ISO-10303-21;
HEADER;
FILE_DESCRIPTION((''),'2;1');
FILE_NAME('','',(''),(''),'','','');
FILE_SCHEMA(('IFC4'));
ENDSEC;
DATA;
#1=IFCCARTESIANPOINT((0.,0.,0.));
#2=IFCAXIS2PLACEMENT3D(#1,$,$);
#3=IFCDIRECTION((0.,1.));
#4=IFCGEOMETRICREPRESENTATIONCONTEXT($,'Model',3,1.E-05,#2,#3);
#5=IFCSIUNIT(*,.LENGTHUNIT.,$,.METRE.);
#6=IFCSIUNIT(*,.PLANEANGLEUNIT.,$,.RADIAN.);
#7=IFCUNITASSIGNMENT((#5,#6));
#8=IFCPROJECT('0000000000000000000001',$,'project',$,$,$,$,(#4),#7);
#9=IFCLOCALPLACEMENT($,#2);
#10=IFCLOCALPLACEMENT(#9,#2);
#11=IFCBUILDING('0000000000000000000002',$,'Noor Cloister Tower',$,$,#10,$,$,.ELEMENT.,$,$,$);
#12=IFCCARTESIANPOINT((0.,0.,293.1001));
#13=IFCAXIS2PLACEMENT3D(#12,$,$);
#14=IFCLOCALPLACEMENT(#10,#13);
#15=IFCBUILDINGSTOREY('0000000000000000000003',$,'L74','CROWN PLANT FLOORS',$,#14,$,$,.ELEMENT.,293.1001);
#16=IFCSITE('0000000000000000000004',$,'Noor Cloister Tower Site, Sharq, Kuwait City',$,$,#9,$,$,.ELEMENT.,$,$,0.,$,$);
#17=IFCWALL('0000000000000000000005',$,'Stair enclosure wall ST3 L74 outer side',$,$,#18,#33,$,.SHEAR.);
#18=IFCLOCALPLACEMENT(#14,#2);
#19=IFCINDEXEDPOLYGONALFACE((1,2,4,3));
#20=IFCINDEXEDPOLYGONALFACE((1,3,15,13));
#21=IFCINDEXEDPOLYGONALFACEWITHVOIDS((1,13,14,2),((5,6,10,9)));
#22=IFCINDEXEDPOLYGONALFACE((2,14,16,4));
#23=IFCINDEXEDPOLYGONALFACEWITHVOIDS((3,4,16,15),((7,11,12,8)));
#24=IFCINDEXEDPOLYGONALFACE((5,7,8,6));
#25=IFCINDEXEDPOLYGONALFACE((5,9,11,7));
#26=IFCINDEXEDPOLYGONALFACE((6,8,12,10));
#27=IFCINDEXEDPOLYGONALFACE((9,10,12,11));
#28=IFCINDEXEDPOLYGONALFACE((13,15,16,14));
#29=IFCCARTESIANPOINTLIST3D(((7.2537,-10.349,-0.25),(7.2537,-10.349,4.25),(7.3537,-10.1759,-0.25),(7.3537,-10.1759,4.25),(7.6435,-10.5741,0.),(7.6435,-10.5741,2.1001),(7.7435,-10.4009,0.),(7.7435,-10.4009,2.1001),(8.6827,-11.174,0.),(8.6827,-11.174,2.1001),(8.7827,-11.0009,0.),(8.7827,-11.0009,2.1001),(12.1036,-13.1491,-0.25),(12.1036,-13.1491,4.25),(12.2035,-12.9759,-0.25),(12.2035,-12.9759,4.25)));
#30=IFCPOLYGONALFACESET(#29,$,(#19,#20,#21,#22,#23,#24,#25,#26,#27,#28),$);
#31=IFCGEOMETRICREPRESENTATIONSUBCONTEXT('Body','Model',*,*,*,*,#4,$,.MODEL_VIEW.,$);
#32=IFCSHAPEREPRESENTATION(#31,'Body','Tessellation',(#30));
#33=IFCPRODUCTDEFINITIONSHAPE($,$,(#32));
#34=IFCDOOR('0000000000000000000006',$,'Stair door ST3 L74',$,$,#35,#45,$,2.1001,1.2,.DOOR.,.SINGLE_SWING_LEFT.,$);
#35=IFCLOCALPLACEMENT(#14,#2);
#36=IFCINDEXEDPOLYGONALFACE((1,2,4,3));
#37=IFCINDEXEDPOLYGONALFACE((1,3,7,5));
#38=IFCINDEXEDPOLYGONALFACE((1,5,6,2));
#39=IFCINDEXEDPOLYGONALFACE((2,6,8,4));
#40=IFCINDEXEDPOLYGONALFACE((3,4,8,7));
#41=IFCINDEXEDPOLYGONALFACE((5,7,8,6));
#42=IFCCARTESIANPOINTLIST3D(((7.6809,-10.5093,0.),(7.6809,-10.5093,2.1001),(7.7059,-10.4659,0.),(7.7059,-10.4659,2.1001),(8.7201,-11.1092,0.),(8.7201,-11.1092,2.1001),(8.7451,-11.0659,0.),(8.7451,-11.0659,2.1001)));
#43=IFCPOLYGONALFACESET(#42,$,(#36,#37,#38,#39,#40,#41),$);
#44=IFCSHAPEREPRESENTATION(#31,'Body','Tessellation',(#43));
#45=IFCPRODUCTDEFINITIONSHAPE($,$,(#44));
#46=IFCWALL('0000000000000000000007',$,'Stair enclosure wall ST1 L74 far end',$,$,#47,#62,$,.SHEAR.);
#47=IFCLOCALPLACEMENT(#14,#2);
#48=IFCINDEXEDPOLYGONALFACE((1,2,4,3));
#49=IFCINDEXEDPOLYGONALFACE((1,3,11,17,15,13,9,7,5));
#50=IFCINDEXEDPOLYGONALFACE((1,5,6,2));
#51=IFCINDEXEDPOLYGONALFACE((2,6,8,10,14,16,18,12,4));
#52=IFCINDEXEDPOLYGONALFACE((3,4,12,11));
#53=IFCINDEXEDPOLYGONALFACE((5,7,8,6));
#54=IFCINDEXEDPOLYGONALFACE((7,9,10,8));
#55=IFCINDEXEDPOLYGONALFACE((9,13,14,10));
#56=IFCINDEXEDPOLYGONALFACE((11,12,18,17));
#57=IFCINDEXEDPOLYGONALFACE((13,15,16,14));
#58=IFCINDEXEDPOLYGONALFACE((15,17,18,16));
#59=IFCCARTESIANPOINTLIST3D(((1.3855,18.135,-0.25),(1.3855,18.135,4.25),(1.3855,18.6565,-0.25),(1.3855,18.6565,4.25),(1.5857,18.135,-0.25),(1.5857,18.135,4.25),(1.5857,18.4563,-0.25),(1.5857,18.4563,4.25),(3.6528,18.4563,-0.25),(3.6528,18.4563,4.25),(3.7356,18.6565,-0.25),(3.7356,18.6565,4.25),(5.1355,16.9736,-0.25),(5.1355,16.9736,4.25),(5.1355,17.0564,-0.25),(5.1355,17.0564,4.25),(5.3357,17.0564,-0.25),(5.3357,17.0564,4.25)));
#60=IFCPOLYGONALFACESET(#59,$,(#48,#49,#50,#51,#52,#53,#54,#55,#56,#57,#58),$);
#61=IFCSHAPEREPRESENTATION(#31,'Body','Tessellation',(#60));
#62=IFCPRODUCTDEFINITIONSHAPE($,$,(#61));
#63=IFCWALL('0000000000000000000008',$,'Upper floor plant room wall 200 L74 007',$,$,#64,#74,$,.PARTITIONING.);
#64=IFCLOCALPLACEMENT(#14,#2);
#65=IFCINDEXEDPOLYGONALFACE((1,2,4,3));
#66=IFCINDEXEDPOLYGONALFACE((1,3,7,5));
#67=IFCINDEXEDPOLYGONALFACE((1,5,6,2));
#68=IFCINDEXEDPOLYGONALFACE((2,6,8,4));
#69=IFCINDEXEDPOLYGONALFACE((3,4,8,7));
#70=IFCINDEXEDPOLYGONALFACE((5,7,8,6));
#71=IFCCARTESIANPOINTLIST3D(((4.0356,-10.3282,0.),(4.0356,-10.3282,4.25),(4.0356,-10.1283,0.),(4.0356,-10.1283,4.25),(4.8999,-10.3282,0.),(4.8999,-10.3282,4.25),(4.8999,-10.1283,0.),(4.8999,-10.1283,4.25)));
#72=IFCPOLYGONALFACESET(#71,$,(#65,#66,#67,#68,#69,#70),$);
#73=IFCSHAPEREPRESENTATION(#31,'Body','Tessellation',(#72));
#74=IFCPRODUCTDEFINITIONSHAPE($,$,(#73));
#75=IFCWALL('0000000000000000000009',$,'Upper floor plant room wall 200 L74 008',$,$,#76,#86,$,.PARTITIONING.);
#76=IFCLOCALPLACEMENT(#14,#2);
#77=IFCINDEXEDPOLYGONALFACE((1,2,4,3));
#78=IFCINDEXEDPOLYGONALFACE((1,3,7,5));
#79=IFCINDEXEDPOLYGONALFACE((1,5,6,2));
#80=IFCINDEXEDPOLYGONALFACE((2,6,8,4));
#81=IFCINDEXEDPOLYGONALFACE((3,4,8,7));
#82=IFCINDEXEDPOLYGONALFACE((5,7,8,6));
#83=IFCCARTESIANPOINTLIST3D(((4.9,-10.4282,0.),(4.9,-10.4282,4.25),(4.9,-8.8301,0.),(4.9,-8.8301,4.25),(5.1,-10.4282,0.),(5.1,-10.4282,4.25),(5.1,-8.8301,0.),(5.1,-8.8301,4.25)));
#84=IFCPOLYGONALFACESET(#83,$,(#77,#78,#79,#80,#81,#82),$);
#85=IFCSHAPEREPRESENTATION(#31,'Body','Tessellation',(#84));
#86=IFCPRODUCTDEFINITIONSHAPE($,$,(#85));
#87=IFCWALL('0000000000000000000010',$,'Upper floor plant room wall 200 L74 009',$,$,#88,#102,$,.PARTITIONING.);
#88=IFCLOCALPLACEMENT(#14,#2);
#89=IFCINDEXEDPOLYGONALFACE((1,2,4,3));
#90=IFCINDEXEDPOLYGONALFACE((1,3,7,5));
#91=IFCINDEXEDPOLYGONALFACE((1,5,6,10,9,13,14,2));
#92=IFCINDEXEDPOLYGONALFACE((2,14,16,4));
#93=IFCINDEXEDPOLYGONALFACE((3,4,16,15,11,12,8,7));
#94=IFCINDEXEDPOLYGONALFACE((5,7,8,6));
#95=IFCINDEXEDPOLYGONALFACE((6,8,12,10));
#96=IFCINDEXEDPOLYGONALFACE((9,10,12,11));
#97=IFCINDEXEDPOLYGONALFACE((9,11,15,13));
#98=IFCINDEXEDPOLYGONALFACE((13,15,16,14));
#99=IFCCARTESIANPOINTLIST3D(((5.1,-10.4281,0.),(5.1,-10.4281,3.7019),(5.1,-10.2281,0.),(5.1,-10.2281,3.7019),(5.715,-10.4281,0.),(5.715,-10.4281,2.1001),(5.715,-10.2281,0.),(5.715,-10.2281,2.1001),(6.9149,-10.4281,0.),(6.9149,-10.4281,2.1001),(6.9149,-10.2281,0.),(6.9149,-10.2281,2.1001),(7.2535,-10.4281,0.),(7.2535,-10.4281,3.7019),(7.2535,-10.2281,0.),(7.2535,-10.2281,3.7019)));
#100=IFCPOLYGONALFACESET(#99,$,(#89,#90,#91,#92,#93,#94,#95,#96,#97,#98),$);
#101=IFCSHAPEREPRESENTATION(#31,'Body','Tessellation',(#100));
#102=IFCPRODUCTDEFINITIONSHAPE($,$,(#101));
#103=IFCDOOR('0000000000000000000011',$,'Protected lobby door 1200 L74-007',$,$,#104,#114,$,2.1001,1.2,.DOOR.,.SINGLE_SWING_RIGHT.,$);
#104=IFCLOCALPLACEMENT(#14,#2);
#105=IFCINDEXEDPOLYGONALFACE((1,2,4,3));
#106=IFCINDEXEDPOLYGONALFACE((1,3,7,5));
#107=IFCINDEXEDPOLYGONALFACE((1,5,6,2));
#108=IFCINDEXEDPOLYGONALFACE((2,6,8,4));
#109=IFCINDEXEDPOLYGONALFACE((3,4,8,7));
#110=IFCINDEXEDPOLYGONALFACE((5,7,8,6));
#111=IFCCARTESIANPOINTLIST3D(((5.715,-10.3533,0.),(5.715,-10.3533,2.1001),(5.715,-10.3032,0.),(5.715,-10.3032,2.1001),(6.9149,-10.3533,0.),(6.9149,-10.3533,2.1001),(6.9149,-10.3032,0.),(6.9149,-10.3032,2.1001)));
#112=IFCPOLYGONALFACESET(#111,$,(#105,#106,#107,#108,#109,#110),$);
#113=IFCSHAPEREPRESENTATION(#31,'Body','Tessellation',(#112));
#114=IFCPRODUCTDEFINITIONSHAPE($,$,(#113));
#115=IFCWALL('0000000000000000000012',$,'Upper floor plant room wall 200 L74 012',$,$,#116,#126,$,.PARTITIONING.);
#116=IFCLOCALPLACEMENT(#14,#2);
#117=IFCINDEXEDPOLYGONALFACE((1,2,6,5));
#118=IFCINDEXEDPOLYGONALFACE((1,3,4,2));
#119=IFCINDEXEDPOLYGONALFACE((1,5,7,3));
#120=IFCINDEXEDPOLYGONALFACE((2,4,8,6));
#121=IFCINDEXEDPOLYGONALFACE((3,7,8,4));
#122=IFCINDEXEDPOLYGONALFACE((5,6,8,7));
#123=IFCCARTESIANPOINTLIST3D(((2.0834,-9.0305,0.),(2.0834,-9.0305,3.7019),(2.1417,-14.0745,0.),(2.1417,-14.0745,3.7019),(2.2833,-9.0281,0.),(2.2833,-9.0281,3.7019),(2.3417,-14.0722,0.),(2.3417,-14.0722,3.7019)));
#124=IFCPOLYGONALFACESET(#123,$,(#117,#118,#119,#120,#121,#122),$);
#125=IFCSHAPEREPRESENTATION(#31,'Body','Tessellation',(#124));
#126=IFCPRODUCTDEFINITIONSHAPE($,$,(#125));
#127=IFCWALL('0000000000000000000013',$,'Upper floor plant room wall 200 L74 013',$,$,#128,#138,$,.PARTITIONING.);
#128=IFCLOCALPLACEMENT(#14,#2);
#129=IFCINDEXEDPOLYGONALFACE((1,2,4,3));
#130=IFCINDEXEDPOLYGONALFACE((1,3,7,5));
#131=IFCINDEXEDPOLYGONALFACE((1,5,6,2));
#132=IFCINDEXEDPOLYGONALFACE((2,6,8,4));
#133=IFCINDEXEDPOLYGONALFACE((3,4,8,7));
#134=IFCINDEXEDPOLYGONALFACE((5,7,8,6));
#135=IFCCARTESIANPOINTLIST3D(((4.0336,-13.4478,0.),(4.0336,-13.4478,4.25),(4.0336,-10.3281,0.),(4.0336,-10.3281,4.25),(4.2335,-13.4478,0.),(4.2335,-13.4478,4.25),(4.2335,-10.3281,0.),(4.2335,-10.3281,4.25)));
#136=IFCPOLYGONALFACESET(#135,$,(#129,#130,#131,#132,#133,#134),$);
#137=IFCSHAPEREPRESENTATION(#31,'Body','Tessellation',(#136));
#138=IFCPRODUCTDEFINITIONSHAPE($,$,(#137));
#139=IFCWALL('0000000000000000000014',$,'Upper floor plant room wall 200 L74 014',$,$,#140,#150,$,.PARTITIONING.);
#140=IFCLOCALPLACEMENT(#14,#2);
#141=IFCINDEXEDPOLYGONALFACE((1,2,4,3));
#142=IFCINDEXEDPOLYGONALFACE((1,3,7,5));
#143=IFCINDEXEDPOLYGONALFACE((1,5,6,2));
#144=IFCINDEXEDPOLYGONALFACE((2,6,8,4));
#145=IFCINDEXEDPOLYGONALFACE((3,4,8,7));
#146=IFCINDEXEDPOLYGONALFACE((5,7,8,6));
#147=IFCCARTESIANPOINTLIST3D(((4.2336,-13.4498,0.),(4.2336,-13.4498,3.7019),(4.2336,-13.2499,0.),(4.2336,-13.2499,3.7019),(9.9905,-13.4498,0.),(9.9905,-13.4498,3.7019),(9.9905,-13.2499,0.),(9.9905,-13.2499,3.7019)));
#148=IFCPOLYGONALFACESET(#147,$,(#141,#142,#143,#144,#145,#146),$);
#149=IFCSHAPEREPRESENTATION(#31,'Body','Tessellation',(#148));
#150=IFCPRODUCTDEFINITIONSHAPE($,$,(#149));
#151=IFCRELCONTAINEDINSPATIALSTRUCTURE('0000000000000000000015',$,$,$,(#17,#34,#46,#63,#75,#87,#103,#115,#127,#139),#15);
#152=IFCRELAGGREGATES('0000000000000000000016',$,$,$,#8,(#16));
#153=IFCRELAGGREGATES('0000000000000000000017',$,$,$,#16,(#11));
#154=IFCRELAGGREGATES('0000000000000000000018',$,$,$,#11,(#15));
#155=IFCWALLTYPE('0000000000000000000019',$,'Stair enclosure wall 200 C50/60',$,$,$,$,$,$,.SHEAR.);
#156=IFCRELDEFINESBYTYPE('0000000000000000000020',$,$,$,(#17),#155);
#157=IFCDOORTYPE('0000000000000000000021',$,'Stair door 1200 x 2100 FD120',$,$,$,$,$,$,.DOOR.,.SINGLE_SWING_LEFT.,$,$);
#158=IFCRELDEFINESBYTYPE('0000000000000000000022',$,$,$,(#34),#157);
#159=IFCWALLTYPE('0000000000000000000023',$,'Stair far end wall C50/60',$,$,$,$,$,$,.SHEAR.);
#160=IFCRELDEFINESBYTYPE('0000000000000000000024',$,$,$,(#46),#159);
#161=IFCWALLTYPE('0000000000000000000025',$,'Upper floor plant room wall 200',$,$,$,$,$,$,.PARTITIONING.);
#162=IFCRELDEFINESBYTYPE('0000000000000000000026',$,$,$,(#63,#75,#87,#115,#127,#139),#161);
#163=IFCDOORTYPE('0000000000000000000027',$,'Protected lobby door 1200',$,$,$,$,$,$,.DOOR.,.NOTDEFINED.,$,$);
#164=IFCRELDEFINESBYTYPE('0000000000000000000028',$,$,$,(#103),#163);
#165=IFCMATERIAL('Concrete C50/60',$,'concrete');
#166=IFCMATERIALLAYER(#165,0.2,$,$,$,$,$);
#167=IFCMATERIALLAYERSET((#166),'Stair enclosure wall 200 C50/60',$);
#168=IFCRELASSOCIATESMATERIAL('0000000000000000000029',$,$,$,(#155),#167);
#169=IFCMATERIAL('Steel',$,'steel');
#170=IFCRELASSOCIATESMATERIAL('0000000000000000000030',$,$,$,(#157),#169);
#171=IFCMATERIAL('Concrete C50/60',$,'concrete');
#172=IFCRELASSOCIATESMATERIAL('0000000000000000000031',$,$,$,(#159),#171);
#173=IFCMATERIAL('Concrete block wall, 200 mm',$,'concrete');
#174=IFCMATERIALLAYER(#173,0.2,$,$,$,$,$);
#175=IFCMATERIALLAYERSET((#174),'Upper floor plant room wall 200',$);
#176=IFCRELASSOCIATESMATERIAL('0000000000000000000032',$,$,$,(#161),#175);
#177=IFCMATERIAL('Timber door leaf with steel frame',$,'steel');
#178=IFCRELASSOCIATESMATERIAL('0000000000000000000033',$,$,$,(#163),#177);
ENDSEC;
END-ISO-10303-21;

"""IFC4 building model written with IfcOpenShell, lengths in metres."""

from ifc_helpers import new_model, si_unit, direction, frame, frame_2d, origin, place, context, subcontext, project, spatial, polyline, rectangle, outline, extrude, material, layer, layer_set, type_object, element, fill, save


model = new_model("IFC4")

# Units and contexts
model_context = context("Model", 3, precision=1e-05, world=origin(), true_north=direction((0.0, 1.0)))
body_context = subcontext(model_context, "Body", "Model", "MODEL_VIEW")
ifc_project = project(units=[si_unit("LENGTHUNIT", "METRE"), si_unit("PLANEANGLEUNIT", "RADIAN")], contexts=[model_context])

# Site, building, storey
site_placement = place(None, origin())
site = spatial("IfcSite", under=ifc_project, at=site_placement, Name="Noor Cloister Tower Site, Sharq, Kuwait City", CompositionType="ELEMENT", RefElevation=0.0)
building_placement = place(site_placement, origin())
building = spatial("IfcBuilding", under=site, at=building_placement, Name="Noor Cloister Tower", CompositionType="ELEMENT")
storey_placement = place(building_placement, frame((0.0, 0.0, 293.1001)))
storey = spatial("IfcBuildingStorey", under=building, at=storey_placement, Name="L74", Description="CROWN PLANT FLOORS", CompositionType="ELEMENT", Elevation=293.1001)

# Wall, opening, door
ifc_material_1 = material(Name="Concrete C50/60", Category="concrete")
ifc_layer_1 = layer(ifc_material_1, 0.2)
ifc_layer_set_1 = layer_set([ifc_layer_1], Name="Stair enclosure wall 200 C50/60")
wall_type_1 = type_object("IfcWallType", Name="Stair enclosure wall 200 C50/60", PredefinedType="SHEAR", material=ifc_layer_set_1)
wall_1_placement = place(storey_placement, frame((7.3037, -10.2625, -0.25), z_axis=(0.0, 0.0, 1.0), x_axis=(0.866027, -0.499998, 0.0)))
wall_1 = element("IfcWall", 1, at=wall_1_placement, inside=storey, type_object=wall_type_1, Name="Stair enclosure wall ST3 L74 outer side", PredefinedType="SHEAR", context=body_context, shape_type="SweptSolid", body=[
    extrude(rectangle(XDim=5.6001, YDim=0.2, at=frame_2d((2.8, 0.0))), origin(), (0.0, 0.0, 1.0), 4.5),
])
opening_1_placement = place(wall_1_placement, frame((0.45, 0.0, 0.25)))
opening_1 = element("IfcOpeningElement", 2, at=opening_1_placement, cuts=wall_1, PredefinedType="OPENING", context=body_context, shape_type="SweptSolid", body=[
    extrude(rectangle(XDim=1.2, YDim=2.1001, at=frame_2d((0.6001, 1.05))), frame((0.0, 0.1099, 0.0), z_axis=(0.0, -1.0, 0.0), x_axis=(1.0, 0.0, 0.0)), (0.0, 0.0, 1.0), 0.22),
])
ifc_material_2 = material(Name="Steel", Category="steel")
door_type_1 = type_object("IfcDoorType", Name="Stair door 1200 x 2100 FD120", OperationType="SINGLE_SWING_LEFT", PredefinedType="DOOR", material=ifc_material_2)
door_1_placement = place(opening_1_placement, origin())
door_1 = element("IfcDoor", 3, at=door_1_placement, inside=storey, type_object=door_type_1, Name="Stair door ST3 L74", OperationType="SINGLE_SWING_LEFT", OverallHeight=2.1001, OverallWidth=1.2, PredefinedType="DOOR", context=body_context, shape_type="SweptSolid", body=[
    extrude(rectangle(XDim=1.2, YDim=2.1001, at=frame_2d((0.6001, 1.05))), frame((0.0, 0.0249, 0.0), z_axis=(0.0, -1.0, 0.0), x_axis=(1.0, 0.0, 0.0)), (0.0, 0.0, 1.0), 0.05),
])
fill(opening_1, door_1)

# Walls
ifc_material_3 = material(Name="Concrete C50/60", Category="concrete")
wall_type_2 = type_object("IfcWallType", Name="Stair far end wall C50/60", PredefinedType="SHEAR", material=ifc_material_3)
wall_2_placement = place(storey_placement, frame((0.0, 0.0, -0.25)))
element("IfcWall", 4, at=wall_2_placement, inside=storey, type_object=wall_type_2, Name="Stair enclosure wall ST1 L74 far end", PredefinedType="SHEAR", context=body_context, shape_type="SweptSolid", body=[
    extrude(outline(polyline([(5.3357, 17.0564), (3.7356, 18.6565), (1.3855, 18.6565), (1.3855, 18.135), (1.5857, 18.135), (1.5857, 18.4563), (3.6528, 18.4563), (5.1355, 16.9736), (5.1355, 17.0564), (5.1355, 17.0564), (5.1355, 17.0564), (5.1355, 17.0564), (5.1355, 17.0564), (5.1355, 17.0564), (5.1355, 17.0564), (5.1355, 17.0564), (5.1355, 17.0564), (5.1355, 17.0564), (5.1355, 17.0564), (5.1355, 17.0564), (5.1355, 17.0564), (5.1355, 17.0564), (5.1355, 17.0564), (5.1355, 17.0564), (5.1355, 17.0564), (5.3357, 17.0564)])), origin(), (0.0, 0.0, 1.0), 4.5),
])
ifc_material_4 = material(Name="Concrete block wall, 200 mm", Category="concrete")
ifc_layer_2 = layer(ifc_material_4, 0.2)
ifc_layer_set_2 = layer_set([ifc_layer_2], Name="Upper floor plant room wall 200")
wall_type_3 = type_object("IfcWallType", Name="Upper floor plant room wall 200", PredefinedType="PARTITIONING", material=ifc_layer_set_2)
wall_3_placement = place(storey_placement, frame((4.0356, -10.2283, 0.0), z_axis=(0.0, 0.0, 1.0), x_axis=(1.0, 0.0, 0.0)))
element("IfcWall", 5, at=wall_3_placement, inside=storey, type_object=wall_type_3, Name="Upper floor plant room wall 200 L74 007", PredefinedType="PARTITIONING", context=body_context, shape_type="SweptSolid", body=[
    extrude(rectangle(XDim=0.8643, YDim=0.2, at=frame_2d((0.4321, 0.0))), origin(), (0.0, 0.0, 1.0), 4.25),
])
wall_4_placement = place(storey_placement, frame((5.0, -10.4282, 0.0), z_axis=(0.0, 0.0, 1.0), x_axis=(0.0, 1.0, 0.0)))
element("IfcWall", 6, at=wall_4_placement, inside=storey, type_object=wall_type_3, Name="Upper floor plant room wall 200 L74 008", PredefinedType="PARTITIONING", context=body_context, shape_type="SweptSolid", body=[
    extrude(rectangle(XDim=1.5981, YDim=0.2, at=frame_2d((0.7991, 0.0))), origin(), (0.0, 0.0, 1.0), 4.25),
])

# Wall, opening, door
wall_5_placement = place(storey_placement, frame((5.1001, -10.3281, 0.0), z_axis=(0.0, 0.0, 1.0), x_axis=(1.0, 0.0, 0.0)))
wall_5 = element("IfcWall", 7, at=wall_5_placement, inside=storey, type_object=wall_type_3, Name="Upper floor plant room wall 200 L74 009", PredefinedType="PARTITIONING", context=body_context, shape_type="SweptSolid", body=[
    extrude(rectangle(XDim=2.1536, YDim=0.2, at=frame_2d((1.0767, 0.0))), origin(), (0.0, 0.0, 1.0), 3.7019),
])
opening_2_placement = place(wall_5_placement, frame((0.6147, 0.0, 0.0)))
opening_2 = element("IfcOpeningElement", 8, at=opening_2_placement, cuts=wall_5, PredefinedType="OPENING", context=body_context, shape_type="SweptSolid", body=[
    extrude(rectangle(XDim=1.2, YDim=2.1001, at=frame_2d((0.6001, 1.05))), frame((0.0, 0.1099, 0.0), z_axis=(0.0, -1.0, 0.0), x_axis=(1.0, 0.0, 0.0)), (0.0, 0.0, 1.0), 0.22),
])
ifc_material_5 = material(Name="Timber door leaf with steel frame", Category="steel")
door_type_2 = type_object("IfcDoorType", Name="Protected lobby door 1200", OperationType="NOTDEFINED", PredefinedType="DOOR", material=ifc_material_5)
door_2_placement = place(opening_2_placement, origin())
door_2 = element("IfcDoor", 9, at=door_2_placement, inside=storey, type_object=door_type_2, Name="Protected lobby door 1200 L74-007", OperationType="SINGLE_SWING_RIGHT", OverallHeight=2.1001, OverallWidth=1.2, PredefinedType="DOOR", context=body_context, shape_type="SweptSolid", body=[
    extrude(rectangle(XDim=1.2, YDim=2.1001, at=frame_2d((0.6001, 1.05))), frame((0.0, 0.0249, 0.0), z_axis=(0.0, -1.0, 0.0), x_axis=(1.0, 0.0, 0.0)), (0.0, 0.0, 1.0), 0.05),
])
fill(opening_2, door_2)

# Walls
wall_6_placement = place(storey_placement, frame((2.1833, -9.0293, 0.0), z_axis=(0.0, 0.0, 1.0), x_axis=(0.011567, -0.999933, 0.0)))
element("IfcWall", 10, at=wall_6_placement, inside=storey, type_object=wall_type_3, Name="Upper floor plant room wall 200 L74 012", PredefinedType="PARTITIONING", context=body_context, shape_type="SweptSolid", body=[
    extrude(rectangle(XDim=5.0444, YDim=0.2, at=frame_2d((2.5222, 0.0))), origin(), (0.0, 0.0, 1.0), 3.7019),
])
wall_7_placement = place(storey_placement, frame((4.1335, -10.3281, 0.0), z_axis=(0.0, 0.0, 1.0), x_axis=(0.0, -1.0, 0.0)))
element("IfcWall", 11, at=wall_7_placement, inside=storey, type_object=wall_type_3, Name="Upper floor plant room wall 200 L74 013", PredefinedType="PARTITIONING", context=body_context, shape_type="SweptSolid", body=[
    extrude(rectangle(XDim=3.1196, YDim=0.2, at=frame_2d((1.5598, 0.0))), origin(), (0.0, 0.0, 1.0), 4.25),
])
wall_8_placement = place(storey_placement, frame((4.2336, -13.3499, 0.0), z_axis=(0.0, 0.0, 1.0), x_axis=(1.0, 0.0, 0.0)))
element("IfcWall", 12, at=wall_8_placement, inside=storey, type_object=wall_type_3, Name="Upper floor plant room wall 200 L74 014", PredefinedType="PARTITIONING", context=body_context, shape_type="SweptSolid", body=[
    extrude(rectangle(XDim=5.7568, YDim=0.2, at=frame_2d((2.8784, 0.0))), origin(), (0.0, 0.0, 1.0), 3.7019),
])

save(model, "model.ifc")
